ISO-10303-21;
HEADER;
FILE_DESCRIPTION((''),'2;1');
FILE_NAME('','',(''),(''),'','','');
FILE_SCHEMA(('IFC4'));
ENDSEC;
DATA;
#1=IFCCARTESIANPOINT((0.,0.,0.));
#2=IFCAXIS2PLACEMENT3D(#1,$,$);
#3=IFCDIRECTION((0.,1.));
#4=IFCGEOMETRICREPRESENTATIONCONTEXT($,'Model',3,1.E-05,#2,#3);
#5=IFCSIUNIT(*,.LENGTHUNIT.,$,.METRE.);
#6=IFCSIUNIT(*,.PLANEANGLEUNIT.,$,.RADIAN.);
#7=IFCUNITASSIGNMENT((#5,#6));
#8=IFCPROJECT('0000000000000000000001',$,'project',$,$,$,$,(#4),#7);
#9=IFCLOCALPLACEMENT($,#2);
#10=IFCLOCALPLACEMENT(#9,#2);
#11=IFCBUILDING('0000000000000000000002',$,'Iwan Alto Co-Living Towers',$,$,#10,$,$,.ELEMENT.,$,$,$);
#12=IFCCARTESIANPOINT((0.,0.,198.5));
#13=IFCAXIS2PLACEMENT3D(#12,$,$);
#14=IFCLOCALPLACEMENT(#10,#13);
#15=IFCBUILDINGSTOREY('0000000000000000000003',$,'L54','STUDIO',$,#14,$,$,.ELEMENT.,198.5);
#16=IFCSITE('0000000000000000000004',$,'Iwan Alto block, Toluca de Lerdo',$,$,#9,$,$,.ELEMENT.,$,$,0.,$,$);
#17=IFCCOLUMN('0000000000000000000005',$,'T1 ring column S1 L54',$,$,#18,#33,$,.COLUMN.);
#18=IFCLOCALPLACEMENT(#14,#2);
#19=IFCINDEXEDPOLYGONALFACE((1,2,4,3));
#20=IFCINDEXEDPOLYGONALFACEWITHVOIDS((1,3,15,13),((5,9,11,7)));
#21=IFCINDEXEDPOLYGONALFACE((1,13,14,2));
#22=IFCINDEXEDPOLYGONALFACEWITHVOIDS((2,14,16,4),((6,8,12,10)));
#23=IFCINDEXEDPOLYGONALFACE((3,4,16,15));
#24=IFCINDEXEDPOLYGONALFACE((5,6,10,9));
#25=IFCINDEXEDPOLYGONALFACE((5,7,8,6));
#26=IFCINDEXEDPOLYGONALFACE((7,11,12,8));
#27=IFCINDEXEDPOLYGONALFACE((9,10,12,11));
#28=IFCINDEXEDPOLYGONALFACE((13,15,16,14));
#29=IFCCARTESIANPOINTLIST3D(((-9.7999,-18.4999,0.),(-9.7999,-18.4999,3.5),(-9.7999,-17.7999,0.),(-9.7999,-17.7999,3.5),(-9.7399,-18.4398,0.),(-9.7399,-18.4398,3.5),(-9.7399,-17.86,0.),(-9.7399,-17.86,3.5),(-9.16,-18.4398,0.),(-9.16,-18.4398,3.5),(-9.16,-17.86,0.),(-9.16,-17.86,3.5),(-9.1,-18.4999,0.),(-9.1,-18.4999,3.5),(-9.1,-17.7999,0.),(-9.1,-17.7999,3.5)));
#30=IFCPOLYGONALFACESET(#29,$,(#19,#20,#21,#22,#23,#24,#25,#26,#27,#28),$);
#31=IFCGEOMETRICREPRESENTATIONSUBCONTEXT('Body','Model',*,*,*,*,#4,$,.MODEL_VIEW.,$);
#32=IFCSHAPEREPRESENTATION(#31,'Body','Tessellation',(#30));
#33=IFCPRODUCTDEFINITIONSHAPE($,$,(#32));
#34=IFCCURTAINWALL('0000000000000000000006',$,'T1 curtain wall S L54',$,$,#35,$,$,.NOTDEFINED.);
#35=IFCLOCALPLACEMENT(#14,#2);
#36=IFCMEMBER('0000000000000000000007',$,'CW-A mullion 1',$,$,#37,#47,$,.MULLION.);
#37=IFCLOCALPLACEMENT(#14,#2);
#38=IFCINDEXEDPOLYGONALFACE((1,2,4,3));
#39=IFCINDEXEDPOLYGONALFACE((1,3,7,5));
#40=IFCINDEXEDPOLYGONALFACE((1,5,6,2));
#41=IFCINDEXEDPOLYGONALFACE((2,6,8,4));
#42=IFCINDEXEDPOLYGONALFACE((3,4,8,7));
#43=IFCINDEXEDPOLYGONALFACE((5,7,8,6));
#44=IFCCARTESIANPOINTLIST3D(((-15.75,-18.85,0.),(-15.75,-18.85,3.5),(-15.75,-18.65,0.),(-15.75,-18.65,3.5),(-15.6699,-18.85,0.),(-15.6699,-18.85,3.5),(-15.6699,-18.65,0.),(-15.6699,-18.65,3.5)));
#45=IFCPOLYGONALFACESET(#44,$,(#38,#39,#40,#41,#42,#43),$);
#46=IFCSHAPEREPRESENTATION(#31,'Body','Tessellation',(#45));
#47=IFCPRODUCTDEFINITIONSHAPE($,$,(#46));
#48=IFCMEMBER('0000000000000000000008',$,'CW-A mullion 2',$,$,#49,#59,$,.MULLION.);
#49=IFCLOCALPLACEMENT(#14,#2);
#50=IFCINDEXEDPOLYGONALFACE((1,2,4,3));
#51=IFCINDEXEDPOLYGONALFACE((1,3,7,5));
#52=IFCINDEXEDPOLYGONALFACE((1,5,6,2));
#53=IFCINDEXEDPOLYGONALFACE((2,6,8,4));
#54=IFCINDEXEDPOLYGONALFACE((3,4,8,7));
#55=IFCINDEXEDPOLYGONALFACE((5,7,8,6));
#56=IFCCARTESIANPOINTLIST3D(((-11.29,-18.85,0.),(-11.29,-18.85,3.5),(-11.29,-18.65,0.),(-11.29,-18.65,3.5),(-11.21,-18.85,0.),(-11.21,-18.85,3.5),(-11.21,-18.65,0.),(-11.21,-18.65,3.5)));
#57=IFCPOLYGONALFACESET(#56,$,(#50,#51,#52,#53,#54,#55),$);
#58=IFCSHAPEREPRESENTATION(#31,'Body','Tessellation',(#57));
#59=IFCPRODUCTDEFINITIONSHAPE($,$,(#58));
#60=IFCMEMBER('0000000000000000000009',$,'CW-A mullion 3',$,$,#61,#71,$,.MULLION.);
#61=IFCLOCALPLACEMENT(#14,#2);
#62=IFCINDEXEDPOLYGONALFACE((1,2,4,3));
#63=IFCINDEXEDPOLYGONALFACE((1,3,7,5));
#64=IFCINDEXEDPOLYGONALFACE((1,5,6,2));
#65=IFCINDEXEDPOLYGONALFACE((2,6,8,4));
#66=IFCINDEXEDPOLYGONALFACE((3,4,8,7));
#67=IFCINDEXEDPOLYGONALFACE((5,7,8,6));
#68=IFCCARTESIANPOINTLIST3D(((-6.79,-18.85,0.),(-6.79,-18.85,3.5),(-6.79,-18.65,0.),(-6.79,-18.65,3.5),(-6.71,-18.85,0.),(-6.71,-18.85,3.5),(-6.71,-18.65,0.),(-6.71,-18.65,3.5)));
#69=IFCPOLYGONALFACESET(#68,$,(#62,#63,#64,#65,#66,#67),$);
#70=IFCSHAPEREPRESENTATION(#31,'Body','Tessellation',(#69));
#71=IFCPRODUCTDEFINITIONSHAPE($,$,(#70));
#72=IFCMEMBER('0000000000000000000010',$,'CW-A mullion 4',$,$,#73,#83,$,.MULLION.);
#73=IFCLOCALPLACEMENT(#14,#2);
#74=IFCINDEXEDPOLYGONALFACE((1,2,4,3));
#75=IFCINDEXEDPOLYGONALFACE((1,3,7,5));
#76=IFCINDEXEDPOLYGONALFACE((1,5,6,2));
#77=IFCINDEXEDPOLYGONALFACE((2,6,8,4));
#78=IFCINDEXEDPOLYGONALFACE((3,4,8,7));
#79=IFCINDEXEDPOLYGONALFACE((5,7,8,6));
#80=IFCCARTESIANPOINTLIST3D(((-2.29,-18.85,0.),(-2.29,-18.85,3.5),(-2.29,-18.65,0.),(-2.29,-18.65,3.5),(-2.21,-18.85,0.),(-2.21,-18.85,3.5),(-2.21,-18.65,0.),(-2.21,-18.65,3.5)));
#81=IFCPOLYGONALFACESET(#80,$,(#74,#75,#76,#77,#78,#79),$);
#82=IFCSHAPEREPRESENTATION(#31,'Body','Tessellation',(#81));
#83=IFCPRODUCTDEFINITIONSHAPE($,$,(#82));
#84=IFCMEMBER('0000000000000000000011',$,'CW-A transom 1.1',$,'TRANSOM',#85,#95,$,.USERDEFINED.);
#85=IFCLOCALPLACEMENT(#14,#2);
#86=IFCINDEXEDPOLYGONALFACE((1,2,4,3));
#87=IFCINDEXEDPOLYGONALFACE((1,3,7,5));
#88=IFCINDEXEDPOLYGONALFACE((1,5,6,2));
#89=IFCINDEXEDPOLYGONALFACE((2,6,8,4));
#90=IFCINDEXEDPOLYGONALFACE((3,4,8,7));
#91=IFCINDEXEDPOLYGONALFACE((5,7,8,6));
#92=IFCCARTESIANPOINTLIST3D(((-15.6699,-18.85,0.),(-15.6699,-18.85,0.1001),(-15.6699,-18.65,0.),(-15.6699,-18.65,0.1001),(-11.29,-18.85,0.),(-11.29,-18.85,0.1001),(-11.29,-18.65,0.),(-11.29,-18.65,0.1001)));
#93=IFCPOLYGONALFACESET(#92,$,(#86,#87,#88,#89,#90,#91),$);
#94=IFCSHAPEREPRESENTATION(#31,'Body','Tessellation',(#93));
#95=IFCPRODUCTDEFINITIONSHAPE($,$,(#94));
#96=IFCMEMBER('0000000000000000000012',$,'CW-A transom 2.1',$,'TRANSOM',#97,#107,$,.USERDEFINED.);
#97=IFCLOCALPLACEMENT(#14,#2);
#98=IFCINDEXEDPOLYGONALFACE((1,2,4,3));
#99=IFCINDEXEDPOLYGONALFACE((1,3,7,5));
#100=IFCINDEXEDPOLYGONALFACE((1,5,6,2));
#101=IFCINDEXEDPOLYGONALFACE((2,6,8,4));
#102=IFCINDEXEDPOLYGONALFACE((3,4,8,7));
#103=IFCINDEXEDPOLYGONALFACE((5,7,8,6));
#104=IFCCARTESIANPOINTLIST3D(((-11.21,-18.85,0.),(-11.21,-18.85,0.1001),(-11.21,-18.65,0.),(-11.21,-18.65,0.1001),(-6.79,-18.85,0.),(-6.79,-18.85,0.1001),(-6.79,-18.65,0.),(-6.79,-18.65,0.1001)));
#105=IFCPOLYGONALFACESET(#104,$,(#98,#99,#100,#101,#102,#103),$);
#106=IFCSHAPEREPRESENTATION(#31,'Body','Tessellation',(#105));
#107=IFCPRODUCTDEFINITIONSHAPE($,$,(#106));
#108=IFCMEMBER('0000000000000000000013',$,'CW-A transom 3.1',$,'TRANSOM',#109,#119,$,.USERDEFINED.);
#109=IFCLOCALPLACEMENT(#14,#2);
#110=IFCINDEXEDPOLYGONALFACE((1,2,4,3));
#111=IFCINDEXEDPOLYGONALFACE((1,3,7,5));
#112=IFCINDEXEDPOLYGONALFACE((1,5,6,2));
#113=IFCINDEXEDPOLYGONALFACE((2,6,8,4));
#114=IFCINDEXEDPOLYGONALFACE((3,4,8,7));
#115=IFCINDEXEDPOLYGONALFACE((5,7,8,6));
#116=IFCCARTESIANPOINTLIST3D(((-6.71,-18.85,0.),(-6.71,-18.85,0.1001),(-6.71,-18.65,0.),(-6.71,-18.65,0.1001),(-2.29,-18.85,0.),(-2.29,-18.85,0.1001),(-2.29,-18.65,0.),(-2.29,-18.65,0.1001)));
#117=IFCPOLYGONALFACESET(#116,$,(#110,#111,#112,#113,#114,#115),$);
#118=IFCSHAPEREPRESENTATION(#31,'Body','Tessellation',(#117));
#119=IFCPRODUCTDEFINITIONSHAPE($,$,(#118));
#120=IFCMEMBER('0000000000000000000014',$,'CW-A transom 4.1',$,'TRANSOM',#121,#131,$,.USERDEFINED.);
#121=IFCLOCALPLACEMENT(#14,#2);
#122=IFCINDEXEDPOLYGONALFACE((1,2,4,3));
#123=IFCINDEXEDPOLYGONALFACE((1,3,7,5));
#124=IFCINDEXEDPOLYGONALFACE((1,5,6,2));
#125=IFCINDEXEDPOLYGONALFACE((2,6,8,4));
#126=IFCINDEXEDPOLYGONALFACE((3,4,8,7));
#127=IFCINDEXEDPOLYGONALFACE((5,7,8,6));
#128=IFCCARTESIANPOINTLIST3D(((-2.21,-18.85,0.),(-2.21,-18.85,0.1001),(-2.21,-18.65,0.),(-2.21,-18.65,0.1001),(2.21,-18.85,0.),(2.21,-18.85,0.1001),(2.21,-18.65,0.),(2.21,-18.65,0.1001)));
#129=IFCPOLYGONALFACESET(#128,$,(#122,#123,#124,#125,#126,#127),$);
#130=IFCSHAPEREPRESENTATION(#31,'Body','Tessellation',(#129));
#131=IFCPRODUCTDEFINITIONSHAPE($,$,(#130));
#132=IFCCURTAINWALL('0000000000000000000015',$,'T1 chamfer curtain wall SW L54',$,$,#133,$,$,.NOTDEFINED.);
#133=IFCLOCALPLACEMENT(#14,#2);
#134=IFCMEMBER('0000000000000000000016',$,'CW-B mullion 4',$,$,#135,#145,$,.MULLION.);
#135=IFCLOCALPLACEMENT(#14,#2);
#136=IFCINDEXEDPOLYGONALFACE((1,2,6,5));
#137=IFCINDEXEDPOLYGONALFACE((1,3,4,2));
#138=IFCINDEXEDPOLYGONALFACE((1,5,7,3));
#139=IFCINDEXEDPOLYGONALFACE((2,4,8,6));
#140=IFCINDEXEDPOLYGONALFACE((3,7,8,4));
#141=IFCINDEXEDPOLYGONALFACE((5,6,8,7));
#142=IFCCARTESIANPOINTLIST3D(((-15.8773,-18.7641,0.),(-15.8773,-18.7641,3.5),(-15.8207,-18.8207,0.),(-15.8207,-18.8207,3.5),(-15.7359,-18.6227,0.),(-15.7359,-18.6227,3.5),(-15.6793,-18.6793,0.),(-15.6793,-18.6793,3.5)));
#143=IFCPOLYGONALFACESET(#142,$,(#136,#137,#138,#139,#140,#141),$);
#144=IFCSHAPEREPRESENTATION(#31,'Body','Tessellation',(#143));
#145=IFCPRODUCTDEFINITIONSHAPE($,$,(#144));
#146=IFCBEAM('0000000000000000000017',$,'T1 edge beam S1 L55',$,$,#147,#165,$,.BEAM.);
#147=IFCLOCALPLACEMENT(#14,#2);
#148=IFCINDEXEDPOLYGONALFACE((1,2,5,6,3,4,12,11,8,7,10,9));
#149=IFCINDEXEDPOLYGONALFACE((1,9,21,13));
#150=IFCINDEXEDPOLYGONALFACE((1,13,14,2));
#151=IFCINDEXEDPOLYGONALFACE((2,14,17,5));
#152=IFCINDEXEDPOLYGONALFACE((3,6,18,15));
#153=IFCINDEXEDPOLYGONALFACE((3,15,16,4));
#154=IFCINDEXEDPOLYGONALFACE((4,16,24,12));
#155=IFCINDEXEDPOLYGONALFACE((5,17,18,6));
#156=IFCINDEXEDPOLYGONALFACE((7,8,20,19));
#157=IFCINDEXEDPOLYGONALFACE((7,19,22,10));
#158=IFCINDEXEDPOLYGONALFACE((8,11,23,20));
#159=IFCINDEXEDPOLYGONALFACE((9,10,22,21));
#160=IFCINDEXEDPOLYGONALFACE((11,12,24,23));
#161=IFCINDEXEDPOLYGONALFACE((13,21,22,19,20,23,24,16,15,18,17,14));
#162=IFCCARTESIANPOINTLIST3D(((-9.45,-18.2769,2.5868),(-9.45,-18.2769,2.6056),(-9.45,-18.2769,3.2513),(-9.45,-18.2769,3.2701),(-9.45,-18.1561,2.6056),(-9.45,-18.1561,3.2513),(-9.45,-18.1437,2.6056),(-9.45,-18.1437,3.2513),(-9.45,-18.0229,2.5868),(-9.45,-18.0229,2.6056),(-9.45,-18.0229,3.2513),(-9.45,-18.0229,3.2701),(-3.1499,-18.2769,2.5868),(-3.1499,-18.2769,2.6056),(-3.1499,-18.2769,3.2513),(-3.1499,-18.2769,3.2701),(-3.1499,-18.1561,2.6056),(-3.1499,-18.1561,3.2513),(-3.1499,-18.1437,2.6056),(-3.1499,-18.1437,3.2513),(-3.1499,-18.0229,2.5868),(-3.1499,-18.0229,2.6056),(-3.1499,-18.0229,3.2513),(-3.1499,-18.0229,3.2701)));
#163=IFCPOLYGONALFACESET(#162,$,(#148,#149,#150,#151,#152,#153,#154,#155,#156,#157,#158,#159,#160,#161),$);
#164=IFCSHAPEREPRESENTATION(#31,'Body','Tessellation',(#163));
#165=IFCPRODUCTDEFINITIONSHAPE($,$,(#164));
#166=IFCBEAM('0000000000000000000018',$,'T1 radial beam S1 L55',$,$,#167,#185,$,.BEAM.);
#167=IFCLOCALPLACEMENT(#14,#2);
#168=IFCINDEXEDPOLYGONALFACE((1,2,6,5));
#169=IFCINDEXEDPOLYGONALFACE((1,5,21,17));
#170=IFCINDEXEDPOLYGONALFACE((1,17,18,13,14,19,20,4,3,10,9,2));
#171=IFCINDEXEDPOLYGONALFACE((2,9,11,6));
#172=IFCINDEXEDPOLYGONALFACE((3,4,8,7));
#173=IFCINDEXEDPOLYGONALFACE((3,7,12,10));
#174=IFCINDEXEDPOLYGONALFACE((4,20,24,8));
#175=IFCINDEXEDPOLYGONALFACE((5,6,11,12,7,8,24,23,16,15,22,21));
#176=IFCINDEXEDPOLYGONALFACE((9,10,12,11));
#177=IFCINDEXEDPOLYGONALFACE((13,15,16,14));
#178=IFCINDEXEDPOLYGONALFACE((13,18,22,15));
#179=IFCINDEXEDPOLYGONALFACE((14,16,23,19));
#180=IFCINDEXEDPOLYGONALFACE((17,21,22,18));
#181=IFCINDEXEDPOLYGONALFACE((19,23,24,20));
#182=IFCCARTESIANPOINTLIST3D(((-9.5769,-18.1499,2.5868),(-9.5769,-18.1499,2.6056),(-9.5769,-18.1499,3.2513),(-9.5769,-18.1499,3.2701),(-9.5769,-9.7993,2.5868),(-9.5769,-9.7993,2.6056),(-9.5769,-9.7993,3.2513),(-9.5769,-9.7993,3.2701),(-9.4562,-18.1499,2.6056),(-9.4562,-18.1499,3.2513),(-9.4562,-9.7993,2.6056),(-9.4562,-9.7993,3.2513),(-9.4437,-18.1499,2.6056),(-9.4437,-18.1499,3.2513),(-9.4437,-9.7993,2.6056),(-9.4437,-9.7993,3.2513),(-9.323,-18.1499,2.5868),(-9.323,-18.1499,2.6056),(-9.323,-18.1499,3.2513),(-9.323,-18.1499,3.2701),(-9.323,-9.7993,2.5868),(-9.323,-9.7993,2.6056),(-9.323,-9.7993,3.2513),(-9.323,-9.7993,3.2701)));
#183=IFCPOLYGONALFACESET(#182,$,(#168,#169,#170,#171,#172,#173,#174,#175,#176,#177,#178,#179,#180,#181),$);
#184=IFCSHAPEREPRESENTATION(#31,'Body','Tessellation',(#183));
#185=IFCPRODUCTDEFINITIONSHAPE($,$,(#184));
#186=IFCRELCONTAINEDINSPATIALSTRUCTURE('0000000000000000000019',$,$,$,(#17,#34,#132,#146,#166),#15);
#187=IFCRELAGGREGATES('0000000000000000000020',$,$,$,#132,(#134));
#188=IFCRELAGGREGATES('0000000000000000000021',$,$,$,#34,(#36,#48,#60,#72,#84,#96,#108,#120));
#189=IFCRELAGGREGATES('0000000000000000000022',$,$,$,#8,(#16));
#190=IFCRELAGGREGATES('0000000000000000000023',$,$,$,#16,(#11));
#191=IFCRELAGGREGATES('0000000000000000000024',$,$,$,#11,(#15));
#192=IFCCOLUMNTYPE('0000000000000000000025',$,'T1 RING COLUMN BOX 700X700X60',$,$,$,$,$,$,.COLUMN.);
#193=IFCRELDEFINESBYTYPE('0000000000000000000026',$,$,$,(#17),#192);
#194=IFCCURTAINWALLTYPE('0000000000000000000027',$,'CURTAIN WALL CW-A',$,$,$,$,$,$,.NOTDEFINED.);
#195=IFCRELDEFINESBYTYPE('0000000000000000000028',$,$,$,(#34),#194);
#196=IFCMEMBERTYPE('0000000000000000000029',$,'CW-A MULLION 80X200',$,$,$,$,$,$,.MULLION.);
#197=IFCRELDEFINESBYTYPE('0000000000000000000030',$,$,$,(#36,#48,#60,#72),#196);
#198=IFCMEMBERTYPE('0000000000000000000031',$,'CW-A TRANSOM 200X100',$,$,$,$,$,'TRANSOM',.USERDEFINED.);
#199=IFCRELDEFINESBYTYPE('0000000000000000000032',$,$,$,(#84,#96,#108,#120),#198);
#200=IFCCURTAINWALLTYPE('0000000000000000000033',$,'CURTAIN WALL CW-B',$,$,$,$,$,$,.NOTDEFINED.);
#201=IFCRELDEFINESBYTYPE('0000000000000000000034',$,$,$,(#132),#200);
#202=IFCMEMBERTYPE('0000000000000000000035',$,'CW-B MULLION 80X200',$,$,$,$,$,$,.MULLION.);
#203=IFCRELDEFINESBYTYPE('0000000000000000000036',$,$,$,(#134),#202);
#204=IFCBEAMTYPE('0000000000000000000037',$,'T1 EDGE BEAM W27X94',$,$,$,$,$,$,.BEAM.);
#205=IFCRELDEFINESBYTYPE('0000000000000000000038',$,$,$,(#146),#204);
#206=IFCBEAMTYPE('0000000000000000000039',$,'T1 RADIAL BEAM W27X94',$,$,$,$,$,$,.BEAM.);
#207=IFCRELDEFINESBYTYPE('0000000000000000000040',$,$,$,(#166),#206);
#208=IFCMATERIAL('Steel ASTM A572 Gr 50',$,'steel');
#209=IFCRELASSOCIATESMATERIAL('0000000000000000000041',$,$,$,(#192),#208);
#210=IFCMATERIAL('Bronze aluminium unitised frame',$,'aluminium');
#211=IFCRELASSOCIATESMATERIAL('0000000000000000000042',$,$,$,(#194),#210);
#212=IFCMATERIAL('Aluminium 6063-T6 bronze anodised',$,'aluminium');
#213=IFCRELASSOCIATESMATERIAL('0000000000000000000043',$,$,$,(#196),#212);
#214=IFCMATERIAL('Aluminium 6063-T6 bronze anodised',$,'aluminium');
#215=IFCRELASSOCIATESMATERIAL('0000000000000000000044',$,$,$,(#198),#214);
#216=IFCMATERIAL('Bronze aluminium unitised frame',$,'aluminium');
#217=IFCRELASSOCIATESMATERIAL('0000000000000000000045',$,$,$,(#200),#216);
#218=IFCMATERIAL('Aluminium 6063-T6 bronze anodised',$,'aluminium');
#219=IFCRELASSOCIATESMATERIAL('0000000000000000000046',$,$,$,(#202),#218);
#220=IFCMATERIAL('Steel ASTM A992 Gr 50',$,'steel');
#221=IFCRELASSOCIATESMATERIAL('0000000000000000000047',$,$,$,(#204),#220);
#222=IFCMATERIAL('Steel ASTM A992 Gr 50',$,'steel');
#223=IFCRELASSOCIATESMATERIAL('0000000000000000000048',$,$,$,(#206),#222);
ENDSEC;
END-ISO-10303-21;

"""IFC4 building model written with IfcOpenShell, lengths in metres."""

from ifc_helpers import new_model, si_unit, direction, frame, origin, origin_2d, place, context, subcontext, project, spatial, rectangle, hollow_rectangle, i_section, extrude, material, material_profile, profile_set, type_object, element, aggregate, save


model = new_model("IFC4")

# Units and contexts
model_context = context("Model", 3, precision=1e-05, world=origin(), true_north=direction((0.0, 1.0)))
body_context = subcontext(model_context, "Body", "Model", "MODEL_VIEW")
ifc_project = project(units=[si_unit("LENGTHUNIT", "METRE"), si_unit("PLANEANGLEUNIT", "RADIAN")], contexts=[model_context])

# Site, building, storey
site_placement = place(None, origin())
site = spatial("IfcSite", under=ifc_project, at=site_placement, Name="Iwan Alto block, Toluca de Lerdo", CompositionType="ELEMENT", RefElevation=0.0)
building_placement = place(site_placement, origin())
building = spatial("IfcBuilding", under=site, at=building_placement, Name="Iwan Alto Co-Living Towers", CompositionType="ELEMENT")
storey_placement = place(building_placement, frame((0.0, 0.0, 198.5)))
storey = spatial("IfcBuildingStorey", under=building, at=storey_placement, Name="L54", Description="STUDIO", CompositionType="ELEMENT", Elevation=198.5)

# Column
ifc_material_1 = material(Name="Steel ASTM A572 Gr 50", Category="steel")
ifc_material_profile_1 = material_profile(ifc_material_1, hollow_rectangle(XDim=0.7, YDim=0.7, WallThickness=0.0601, at=origin_2d()), Name="BOX 700X700X60")
ifc_profile_set_1 = profile_set([ifc_material_profile_1], Name="Steel ASTM A572 Gr 50")
column_type = type_object("IfcColumnType", Name="T1 RING COLUMN BOX 700X700X60", PredefinedType="COLUMN", material=ifc_profile_set_1)
column_placement = place(storey_placement, frame((-9.45, -18.1499, 0.0), z_axis=(0.0, 0.0, 1.0), x_axis=(1.0, 0.0, 0.0)))
element("IfcColumn", 1, at=column_placement, inside=storey, type_object=column_type, Name="T1 ring column S1 L54", PredefinedType="COLUMN", context=body_context, shape_type="SweptSolid", body=[
    extrude(hollow_rectangle(XDim=0.7, YDim=0.7, WallThickness=0.0601, at=origin_2d()), origin(), (0.0, 0.0, 1.0), 3.5),
])

# Curtain wall, members
ifc_material_2 = material(Name="Bronze aluminium unitised frame", Category="aluminium")
curtain_wall_type_1 = type_object("IfcCurtainWallType", Name="CURTAIN WALL CW-A", PredefinedType="NOTDEFINED", material=ifc_material_2)
curtain_wall_1_placement = place(storey_placement, origin())
curtain_wall_1 = element("IfcCurtainWall", 2, at=curtain_wall_1_placement, inside=storey, type_object=curtain_wall_type_1, Name="T1 curtain wall S L54", PredefinedType="NOTDEFINED")
ifc_material_3 = material(Name="Aluminium 6063-T6 bronze anodised", Category="aluminium")
ifc_material_profile_2 = material_profile(ifc_material_3, rectangle(XDim=0.2, YDim=0.0801, at=origin_2d()), Name="AL 80X200")
ifc_profile_set_2 = profile_set([ifc_material_profile_2], Name="Aluminium 6063-T6 bronze anodised")
member_type_1 = type_object("IfcMemberType", Name="CW-A MULLION 80X200", PredefinedType="MULLION", material=ifc_profile_set_2)
member_1_placement = place(storey_placement, frame((-15.71, -18.75, 0.0), z_axis=(0.0, 0.0, 1.0), x_axis=(0.0, 1.0, 0.0)))
member_1 = element("IfcMember", 3, at=member_1_placement, type_object=member_type_1, Name="CW-A mullion 1", PredefinedType="MULLION", context=body_context, shape_type="SweptSolid", body=[
    extrude(rectangle(XDim=0.2, YDim=0.0801, at=origin_2d()), origin(), (0.0, 0.0, 1.0), 3.5),
])
member_2_placement = place(storey_placement, frame((-11.25, -18.75, 0.0), z_axis=(0.0, 0.0, 1.0), x_axis=(0.0, 1.0, 0.0)))
member_2 = element("IfcMember", 4, at=member_2_placement, type_object=member_type_1, Name="CW-A mullion 2", PredefinedType="MULLION", context=body_context, shape_type="SweptSolid", body=[
    extrude(rectangle(XDim=0.2, YDim=0.0801, at=origin_2d()), origin(), (0.0, 0.0, 1.0), 3.5),
])
member_3_placement = place(storey_placement, frame((-6.75, -18.75, 0.0), z_axis=(0.0, 0.0, 1.0), x_axis=(0.0, 1.0, 0.0)))
member_3 = element("IfcMember", 5, at=member_3_placement, type_object=member_type_1, Name="CW-A mullion 3", PredefinedType="MULLION", context=body_context, shape_type="SweptSolid", body=[
    extrude(rectangle(XDim=0.2, YDim=0.0801, at=origin_2d()), origin(), (0.0, 0.0, 1.0), 3.5),
])
member_4_placement = place(storey_placement, frame((-2.25, -18.75, 0.0), z_axis=(0.0, 0.0, 1.0), x_axis=(0.0, 1.0, 0.0)))
member_4 = element("IfcMember", 6, at=member_4_placement, type_object=member_type_1, Name="CW-A mullion 4", PredefinedType="MULLION", context=body_context, shape_type="SweptSolid", body=[
    extrude(rectangle(XDim=0.2, YDim=0.0801, at=origin_2d()), origin(), (0.0, 0.0, 1.0), 3.5),
])
ifc_material_4 = material(Name="Aluminium 6063-T6 bronze anodised", Category="aluminium")
ifc_material_profile_3 = material_profile(ifc_material_4, rectangle(XDim=0.2, YDim=0.1001, at=origin_2d()), Name="AL 200X100")
ifc_profile_set_3 = profile_set([ifc_material_profile_3], Name="Aluminium 6063-T6 bronze anodised")
member_type_2 = type_object("IfcMemberType", Name="CW-A TRANSOM 200X100", ElementType="TRANSOM", PredefinedType="USERDEFINED", material=ifc_profile_set_3)
member_5_placement = place(storey_placement, frame((-15.6699, -18.75, 0.05), z_axis=(1.0, 0.0, 0.0), x_axis=(0.0, 1.0, 0.0)))
member_5 = element("IfcMember", 7, at=member_5_placement, type_object=member_type_2, Name="CW-A transom 1.1", ObjectType="TRANSOM", PredefinedType="USERDEFINED", context=body_context, shape_type="SweptSolid", body=[
    extrude(rectangle(XDim=0.2, YDim=0.1001, at=origin_2d()), origin(), (0.0, 0.0, 1.0), 4.3799),
])
member_6_placement = place(storey_placement, frame((-11.21, -18.75, 0.05), z_axis=(1.0, 0.0, 0.0), x_axis=(0.0, 1.0, 0.0)))
member_6 = element("IfcMember", 8, at=member_6_placement, type_object=member_type_2, Name="CW-A transom 2.1", ObjectType="TRANSOM", PredefinedType="USERDEFINED", context=body_context, shape_type="SweptSolid", body=[
    extrude(rectangle(XDim=0.2, YDim=0.1001, at=origin_2d()), origin(), (0.0, 0.0, 1.0), 4.4199),
])
member_7_placement = place(storey_placement, frame((-6.71, -18.75, 0.05), z_axis=(1.0, 0.0, 0.0), x_axis=(0.0, 1.0, 0.0)))
member_7 = element("IfcMember", 9, at=member_7_placement, type_object=member_type_2, Name="CW-A transom 3.1", ObjectType="TRANSOM", PredefinedType="USERDEFINED", context=body_context, shape_type="SweptSolid", body=[
    extrude(rectangle(XDim=0.2, YDim=0.1001, at=origin_2d()), origin(), (0.0, 0.0, 1.0), 4.4199),
])
member_8_placement = place(storey_placement, frame((-2.21, -18.75, 0.05), z_axis=(1.0, 0.0, 0.0), x_axis=(0.0, 1.0, 0.0)))
member_8 = element("IfcMember", 10, at=member_8_placement, type_object=member_type_2, Name="CW-A transom 4.1", ObjectType="TRANSOM", PredefinedType="USERDEFINED", context=body_context, shape_type="SweptSolid", body=[
    extrude(rectangle(XDim=0.2, YDim=0.1001, at=origin_2d()), origin(), (0.0, 0.0, 1.0), 4.4199),
])

# Curtain wall, member
ifc_material_5 = material(Name="Bronze aluminium unitised frame", Category="aluminium")
curtain_wall_type_2 = type_object("IfcCurtainWallType", Name="CURTAIN WALL CW-B", PredefinedType="NOTDEFINED", material=ifc_material_5)
curtain_wall_2_placement = place(storey_placement, origin())
curtain_wall_2 = element("IfcCurtainWall", 11, at=curtain_wall_2_placement, inside=storey, type_object=curtain_wall_type_2, Name="T1 chamfer curtain wall SW L54", PredefinedType="NOTDEFINED")
ifc_material_6 = material(Name="Aluminium 6063-T6 bronze anodised", Category="aluminium")
ifc_material_profile_4 = material_profile(ifc_material_6, rectangle(XDim=0.2, YDim=0.0801, at=origin_2d()), Name="AL 80X200")
ifc_profile_set_4 = profile_set([ifc_material_profile_4], Name="Aluminium 6063-T6 bronze anodised")
member_type_3 = type_object("IfcMemberType", Name="CW-B MULLION 80X200", PredefinedType="MULLION", material=ifc_profile_set_4)
member_9_placement = place(storey_placement, frame((-15.7783, -18.7217, 0.0), z_axis=(0.0, 0.0, 1.0), x_axis=(0.707107, 0.707107, 0.0)))
member_9 = element("IfcMember", 12, at=member_9_placement, type_object=member_type_3, Name="CW-B mullion 4", PredefinedType="MULLION", context=body_context, shape_type="SweptSolid", body=[
    extrude(rectangle(XDim=0.2, YDim=0.0801, at=origin_2d()), origin(), (0.0, 0.0, 1.0), 3.5),
])
aggregate(curtain_wall_2, [member_9])

# Beams
ifc_material_7 = material(Name="Steel ASTM A992 Gr 50", Category="steel")
ifc_material_profile_5 = material_profile(ifc_material_7, i_section(OverallWidth=0.2539, OverallDepth=0.6833, WebThickness=0.0125, FlangeThickness=0.0188, at=origin_2d()), Name="W27X94")
ifc_profile_set_5 = profile_set([ifc_material_profile_5], Name="Steel ASTM A992 Gr 50")
beam_type_1 = type_object("IfcBeamType", Name="T1 EDGE BEAM W27X94", PredefinedType="BEAM", material=ifc_profile_set_5)
beam_1_placement = place(storey_placement, frame((-9.45, -18.1499, 2.9285), z_axis=(1.0, 0.0, 0.0), x_axis=(0.0, 1.0, 0.0)))
element("IfcBeam", 13, at=beam_1_placement, inside=storey, type_object=beam_type_1, Name="T1 edge beam S1 L55", PredefinedType="BEAM", context=body_context, shape_type="SweptSolid", body=[
    extrude(i_section(OverallWidth=0.2539, OverallDepth=0.6833, WebThickness=0.0125, FlangeThickness=0.0188, at=origin_2d()), origin(), (0.0, 0.0, 1.0), 6.3),
])
ifc_material_8 = material(Name="Steel ASTM A992 Gr 50", Category="steel")
ifc_material_profile_6 = material_profile(ifc_material_8, i_section(OverallWidth=0.2539, OverallDepth=0.6833, WebThickness=0.0125, FlangeThickness=0.0188, at=origin_2d()), Name="W27X94")
ifc_profile_set_6 = profile_set([ifc_material_profile_6], Name="Steel ASTM A992 Gr 50")
beam_type_2 = type_object("IfcBeamType", Name="T1 RADIAL BEAM W27X94", PredefinedType="BEAM", material=ifc_profile_set_6)
beam_2_placement = place(storey_placement, frame((-9.45, -18.1499, 2.9285), z_axis=(0.0, 1.0, 0.0), x_axis=(-1.0, 0.0, 0.0)))
element("IfcBeam", 14, at=beam_2_placement, inside=storey, type_object=beam_type_2, Name="T1 radial beam S1 L55", PredefinedType="BEAM", context=body_context, shape_type="SweptSolid", body=[
    extrude(i_section(OverallWidth=0.2539, OverallDepth=0.6833, WebThickness=0.0125, FlangeThickness=0.0188, at=origin_2d()), origin(), (0.0, 0.0, 1.0), 8.3506),
])

aggregate(curtain_wall_1, [member_1, member_2, member_3, member_4, member_5, member_6, member_7, member_8])

save(model, "model.ifc")
